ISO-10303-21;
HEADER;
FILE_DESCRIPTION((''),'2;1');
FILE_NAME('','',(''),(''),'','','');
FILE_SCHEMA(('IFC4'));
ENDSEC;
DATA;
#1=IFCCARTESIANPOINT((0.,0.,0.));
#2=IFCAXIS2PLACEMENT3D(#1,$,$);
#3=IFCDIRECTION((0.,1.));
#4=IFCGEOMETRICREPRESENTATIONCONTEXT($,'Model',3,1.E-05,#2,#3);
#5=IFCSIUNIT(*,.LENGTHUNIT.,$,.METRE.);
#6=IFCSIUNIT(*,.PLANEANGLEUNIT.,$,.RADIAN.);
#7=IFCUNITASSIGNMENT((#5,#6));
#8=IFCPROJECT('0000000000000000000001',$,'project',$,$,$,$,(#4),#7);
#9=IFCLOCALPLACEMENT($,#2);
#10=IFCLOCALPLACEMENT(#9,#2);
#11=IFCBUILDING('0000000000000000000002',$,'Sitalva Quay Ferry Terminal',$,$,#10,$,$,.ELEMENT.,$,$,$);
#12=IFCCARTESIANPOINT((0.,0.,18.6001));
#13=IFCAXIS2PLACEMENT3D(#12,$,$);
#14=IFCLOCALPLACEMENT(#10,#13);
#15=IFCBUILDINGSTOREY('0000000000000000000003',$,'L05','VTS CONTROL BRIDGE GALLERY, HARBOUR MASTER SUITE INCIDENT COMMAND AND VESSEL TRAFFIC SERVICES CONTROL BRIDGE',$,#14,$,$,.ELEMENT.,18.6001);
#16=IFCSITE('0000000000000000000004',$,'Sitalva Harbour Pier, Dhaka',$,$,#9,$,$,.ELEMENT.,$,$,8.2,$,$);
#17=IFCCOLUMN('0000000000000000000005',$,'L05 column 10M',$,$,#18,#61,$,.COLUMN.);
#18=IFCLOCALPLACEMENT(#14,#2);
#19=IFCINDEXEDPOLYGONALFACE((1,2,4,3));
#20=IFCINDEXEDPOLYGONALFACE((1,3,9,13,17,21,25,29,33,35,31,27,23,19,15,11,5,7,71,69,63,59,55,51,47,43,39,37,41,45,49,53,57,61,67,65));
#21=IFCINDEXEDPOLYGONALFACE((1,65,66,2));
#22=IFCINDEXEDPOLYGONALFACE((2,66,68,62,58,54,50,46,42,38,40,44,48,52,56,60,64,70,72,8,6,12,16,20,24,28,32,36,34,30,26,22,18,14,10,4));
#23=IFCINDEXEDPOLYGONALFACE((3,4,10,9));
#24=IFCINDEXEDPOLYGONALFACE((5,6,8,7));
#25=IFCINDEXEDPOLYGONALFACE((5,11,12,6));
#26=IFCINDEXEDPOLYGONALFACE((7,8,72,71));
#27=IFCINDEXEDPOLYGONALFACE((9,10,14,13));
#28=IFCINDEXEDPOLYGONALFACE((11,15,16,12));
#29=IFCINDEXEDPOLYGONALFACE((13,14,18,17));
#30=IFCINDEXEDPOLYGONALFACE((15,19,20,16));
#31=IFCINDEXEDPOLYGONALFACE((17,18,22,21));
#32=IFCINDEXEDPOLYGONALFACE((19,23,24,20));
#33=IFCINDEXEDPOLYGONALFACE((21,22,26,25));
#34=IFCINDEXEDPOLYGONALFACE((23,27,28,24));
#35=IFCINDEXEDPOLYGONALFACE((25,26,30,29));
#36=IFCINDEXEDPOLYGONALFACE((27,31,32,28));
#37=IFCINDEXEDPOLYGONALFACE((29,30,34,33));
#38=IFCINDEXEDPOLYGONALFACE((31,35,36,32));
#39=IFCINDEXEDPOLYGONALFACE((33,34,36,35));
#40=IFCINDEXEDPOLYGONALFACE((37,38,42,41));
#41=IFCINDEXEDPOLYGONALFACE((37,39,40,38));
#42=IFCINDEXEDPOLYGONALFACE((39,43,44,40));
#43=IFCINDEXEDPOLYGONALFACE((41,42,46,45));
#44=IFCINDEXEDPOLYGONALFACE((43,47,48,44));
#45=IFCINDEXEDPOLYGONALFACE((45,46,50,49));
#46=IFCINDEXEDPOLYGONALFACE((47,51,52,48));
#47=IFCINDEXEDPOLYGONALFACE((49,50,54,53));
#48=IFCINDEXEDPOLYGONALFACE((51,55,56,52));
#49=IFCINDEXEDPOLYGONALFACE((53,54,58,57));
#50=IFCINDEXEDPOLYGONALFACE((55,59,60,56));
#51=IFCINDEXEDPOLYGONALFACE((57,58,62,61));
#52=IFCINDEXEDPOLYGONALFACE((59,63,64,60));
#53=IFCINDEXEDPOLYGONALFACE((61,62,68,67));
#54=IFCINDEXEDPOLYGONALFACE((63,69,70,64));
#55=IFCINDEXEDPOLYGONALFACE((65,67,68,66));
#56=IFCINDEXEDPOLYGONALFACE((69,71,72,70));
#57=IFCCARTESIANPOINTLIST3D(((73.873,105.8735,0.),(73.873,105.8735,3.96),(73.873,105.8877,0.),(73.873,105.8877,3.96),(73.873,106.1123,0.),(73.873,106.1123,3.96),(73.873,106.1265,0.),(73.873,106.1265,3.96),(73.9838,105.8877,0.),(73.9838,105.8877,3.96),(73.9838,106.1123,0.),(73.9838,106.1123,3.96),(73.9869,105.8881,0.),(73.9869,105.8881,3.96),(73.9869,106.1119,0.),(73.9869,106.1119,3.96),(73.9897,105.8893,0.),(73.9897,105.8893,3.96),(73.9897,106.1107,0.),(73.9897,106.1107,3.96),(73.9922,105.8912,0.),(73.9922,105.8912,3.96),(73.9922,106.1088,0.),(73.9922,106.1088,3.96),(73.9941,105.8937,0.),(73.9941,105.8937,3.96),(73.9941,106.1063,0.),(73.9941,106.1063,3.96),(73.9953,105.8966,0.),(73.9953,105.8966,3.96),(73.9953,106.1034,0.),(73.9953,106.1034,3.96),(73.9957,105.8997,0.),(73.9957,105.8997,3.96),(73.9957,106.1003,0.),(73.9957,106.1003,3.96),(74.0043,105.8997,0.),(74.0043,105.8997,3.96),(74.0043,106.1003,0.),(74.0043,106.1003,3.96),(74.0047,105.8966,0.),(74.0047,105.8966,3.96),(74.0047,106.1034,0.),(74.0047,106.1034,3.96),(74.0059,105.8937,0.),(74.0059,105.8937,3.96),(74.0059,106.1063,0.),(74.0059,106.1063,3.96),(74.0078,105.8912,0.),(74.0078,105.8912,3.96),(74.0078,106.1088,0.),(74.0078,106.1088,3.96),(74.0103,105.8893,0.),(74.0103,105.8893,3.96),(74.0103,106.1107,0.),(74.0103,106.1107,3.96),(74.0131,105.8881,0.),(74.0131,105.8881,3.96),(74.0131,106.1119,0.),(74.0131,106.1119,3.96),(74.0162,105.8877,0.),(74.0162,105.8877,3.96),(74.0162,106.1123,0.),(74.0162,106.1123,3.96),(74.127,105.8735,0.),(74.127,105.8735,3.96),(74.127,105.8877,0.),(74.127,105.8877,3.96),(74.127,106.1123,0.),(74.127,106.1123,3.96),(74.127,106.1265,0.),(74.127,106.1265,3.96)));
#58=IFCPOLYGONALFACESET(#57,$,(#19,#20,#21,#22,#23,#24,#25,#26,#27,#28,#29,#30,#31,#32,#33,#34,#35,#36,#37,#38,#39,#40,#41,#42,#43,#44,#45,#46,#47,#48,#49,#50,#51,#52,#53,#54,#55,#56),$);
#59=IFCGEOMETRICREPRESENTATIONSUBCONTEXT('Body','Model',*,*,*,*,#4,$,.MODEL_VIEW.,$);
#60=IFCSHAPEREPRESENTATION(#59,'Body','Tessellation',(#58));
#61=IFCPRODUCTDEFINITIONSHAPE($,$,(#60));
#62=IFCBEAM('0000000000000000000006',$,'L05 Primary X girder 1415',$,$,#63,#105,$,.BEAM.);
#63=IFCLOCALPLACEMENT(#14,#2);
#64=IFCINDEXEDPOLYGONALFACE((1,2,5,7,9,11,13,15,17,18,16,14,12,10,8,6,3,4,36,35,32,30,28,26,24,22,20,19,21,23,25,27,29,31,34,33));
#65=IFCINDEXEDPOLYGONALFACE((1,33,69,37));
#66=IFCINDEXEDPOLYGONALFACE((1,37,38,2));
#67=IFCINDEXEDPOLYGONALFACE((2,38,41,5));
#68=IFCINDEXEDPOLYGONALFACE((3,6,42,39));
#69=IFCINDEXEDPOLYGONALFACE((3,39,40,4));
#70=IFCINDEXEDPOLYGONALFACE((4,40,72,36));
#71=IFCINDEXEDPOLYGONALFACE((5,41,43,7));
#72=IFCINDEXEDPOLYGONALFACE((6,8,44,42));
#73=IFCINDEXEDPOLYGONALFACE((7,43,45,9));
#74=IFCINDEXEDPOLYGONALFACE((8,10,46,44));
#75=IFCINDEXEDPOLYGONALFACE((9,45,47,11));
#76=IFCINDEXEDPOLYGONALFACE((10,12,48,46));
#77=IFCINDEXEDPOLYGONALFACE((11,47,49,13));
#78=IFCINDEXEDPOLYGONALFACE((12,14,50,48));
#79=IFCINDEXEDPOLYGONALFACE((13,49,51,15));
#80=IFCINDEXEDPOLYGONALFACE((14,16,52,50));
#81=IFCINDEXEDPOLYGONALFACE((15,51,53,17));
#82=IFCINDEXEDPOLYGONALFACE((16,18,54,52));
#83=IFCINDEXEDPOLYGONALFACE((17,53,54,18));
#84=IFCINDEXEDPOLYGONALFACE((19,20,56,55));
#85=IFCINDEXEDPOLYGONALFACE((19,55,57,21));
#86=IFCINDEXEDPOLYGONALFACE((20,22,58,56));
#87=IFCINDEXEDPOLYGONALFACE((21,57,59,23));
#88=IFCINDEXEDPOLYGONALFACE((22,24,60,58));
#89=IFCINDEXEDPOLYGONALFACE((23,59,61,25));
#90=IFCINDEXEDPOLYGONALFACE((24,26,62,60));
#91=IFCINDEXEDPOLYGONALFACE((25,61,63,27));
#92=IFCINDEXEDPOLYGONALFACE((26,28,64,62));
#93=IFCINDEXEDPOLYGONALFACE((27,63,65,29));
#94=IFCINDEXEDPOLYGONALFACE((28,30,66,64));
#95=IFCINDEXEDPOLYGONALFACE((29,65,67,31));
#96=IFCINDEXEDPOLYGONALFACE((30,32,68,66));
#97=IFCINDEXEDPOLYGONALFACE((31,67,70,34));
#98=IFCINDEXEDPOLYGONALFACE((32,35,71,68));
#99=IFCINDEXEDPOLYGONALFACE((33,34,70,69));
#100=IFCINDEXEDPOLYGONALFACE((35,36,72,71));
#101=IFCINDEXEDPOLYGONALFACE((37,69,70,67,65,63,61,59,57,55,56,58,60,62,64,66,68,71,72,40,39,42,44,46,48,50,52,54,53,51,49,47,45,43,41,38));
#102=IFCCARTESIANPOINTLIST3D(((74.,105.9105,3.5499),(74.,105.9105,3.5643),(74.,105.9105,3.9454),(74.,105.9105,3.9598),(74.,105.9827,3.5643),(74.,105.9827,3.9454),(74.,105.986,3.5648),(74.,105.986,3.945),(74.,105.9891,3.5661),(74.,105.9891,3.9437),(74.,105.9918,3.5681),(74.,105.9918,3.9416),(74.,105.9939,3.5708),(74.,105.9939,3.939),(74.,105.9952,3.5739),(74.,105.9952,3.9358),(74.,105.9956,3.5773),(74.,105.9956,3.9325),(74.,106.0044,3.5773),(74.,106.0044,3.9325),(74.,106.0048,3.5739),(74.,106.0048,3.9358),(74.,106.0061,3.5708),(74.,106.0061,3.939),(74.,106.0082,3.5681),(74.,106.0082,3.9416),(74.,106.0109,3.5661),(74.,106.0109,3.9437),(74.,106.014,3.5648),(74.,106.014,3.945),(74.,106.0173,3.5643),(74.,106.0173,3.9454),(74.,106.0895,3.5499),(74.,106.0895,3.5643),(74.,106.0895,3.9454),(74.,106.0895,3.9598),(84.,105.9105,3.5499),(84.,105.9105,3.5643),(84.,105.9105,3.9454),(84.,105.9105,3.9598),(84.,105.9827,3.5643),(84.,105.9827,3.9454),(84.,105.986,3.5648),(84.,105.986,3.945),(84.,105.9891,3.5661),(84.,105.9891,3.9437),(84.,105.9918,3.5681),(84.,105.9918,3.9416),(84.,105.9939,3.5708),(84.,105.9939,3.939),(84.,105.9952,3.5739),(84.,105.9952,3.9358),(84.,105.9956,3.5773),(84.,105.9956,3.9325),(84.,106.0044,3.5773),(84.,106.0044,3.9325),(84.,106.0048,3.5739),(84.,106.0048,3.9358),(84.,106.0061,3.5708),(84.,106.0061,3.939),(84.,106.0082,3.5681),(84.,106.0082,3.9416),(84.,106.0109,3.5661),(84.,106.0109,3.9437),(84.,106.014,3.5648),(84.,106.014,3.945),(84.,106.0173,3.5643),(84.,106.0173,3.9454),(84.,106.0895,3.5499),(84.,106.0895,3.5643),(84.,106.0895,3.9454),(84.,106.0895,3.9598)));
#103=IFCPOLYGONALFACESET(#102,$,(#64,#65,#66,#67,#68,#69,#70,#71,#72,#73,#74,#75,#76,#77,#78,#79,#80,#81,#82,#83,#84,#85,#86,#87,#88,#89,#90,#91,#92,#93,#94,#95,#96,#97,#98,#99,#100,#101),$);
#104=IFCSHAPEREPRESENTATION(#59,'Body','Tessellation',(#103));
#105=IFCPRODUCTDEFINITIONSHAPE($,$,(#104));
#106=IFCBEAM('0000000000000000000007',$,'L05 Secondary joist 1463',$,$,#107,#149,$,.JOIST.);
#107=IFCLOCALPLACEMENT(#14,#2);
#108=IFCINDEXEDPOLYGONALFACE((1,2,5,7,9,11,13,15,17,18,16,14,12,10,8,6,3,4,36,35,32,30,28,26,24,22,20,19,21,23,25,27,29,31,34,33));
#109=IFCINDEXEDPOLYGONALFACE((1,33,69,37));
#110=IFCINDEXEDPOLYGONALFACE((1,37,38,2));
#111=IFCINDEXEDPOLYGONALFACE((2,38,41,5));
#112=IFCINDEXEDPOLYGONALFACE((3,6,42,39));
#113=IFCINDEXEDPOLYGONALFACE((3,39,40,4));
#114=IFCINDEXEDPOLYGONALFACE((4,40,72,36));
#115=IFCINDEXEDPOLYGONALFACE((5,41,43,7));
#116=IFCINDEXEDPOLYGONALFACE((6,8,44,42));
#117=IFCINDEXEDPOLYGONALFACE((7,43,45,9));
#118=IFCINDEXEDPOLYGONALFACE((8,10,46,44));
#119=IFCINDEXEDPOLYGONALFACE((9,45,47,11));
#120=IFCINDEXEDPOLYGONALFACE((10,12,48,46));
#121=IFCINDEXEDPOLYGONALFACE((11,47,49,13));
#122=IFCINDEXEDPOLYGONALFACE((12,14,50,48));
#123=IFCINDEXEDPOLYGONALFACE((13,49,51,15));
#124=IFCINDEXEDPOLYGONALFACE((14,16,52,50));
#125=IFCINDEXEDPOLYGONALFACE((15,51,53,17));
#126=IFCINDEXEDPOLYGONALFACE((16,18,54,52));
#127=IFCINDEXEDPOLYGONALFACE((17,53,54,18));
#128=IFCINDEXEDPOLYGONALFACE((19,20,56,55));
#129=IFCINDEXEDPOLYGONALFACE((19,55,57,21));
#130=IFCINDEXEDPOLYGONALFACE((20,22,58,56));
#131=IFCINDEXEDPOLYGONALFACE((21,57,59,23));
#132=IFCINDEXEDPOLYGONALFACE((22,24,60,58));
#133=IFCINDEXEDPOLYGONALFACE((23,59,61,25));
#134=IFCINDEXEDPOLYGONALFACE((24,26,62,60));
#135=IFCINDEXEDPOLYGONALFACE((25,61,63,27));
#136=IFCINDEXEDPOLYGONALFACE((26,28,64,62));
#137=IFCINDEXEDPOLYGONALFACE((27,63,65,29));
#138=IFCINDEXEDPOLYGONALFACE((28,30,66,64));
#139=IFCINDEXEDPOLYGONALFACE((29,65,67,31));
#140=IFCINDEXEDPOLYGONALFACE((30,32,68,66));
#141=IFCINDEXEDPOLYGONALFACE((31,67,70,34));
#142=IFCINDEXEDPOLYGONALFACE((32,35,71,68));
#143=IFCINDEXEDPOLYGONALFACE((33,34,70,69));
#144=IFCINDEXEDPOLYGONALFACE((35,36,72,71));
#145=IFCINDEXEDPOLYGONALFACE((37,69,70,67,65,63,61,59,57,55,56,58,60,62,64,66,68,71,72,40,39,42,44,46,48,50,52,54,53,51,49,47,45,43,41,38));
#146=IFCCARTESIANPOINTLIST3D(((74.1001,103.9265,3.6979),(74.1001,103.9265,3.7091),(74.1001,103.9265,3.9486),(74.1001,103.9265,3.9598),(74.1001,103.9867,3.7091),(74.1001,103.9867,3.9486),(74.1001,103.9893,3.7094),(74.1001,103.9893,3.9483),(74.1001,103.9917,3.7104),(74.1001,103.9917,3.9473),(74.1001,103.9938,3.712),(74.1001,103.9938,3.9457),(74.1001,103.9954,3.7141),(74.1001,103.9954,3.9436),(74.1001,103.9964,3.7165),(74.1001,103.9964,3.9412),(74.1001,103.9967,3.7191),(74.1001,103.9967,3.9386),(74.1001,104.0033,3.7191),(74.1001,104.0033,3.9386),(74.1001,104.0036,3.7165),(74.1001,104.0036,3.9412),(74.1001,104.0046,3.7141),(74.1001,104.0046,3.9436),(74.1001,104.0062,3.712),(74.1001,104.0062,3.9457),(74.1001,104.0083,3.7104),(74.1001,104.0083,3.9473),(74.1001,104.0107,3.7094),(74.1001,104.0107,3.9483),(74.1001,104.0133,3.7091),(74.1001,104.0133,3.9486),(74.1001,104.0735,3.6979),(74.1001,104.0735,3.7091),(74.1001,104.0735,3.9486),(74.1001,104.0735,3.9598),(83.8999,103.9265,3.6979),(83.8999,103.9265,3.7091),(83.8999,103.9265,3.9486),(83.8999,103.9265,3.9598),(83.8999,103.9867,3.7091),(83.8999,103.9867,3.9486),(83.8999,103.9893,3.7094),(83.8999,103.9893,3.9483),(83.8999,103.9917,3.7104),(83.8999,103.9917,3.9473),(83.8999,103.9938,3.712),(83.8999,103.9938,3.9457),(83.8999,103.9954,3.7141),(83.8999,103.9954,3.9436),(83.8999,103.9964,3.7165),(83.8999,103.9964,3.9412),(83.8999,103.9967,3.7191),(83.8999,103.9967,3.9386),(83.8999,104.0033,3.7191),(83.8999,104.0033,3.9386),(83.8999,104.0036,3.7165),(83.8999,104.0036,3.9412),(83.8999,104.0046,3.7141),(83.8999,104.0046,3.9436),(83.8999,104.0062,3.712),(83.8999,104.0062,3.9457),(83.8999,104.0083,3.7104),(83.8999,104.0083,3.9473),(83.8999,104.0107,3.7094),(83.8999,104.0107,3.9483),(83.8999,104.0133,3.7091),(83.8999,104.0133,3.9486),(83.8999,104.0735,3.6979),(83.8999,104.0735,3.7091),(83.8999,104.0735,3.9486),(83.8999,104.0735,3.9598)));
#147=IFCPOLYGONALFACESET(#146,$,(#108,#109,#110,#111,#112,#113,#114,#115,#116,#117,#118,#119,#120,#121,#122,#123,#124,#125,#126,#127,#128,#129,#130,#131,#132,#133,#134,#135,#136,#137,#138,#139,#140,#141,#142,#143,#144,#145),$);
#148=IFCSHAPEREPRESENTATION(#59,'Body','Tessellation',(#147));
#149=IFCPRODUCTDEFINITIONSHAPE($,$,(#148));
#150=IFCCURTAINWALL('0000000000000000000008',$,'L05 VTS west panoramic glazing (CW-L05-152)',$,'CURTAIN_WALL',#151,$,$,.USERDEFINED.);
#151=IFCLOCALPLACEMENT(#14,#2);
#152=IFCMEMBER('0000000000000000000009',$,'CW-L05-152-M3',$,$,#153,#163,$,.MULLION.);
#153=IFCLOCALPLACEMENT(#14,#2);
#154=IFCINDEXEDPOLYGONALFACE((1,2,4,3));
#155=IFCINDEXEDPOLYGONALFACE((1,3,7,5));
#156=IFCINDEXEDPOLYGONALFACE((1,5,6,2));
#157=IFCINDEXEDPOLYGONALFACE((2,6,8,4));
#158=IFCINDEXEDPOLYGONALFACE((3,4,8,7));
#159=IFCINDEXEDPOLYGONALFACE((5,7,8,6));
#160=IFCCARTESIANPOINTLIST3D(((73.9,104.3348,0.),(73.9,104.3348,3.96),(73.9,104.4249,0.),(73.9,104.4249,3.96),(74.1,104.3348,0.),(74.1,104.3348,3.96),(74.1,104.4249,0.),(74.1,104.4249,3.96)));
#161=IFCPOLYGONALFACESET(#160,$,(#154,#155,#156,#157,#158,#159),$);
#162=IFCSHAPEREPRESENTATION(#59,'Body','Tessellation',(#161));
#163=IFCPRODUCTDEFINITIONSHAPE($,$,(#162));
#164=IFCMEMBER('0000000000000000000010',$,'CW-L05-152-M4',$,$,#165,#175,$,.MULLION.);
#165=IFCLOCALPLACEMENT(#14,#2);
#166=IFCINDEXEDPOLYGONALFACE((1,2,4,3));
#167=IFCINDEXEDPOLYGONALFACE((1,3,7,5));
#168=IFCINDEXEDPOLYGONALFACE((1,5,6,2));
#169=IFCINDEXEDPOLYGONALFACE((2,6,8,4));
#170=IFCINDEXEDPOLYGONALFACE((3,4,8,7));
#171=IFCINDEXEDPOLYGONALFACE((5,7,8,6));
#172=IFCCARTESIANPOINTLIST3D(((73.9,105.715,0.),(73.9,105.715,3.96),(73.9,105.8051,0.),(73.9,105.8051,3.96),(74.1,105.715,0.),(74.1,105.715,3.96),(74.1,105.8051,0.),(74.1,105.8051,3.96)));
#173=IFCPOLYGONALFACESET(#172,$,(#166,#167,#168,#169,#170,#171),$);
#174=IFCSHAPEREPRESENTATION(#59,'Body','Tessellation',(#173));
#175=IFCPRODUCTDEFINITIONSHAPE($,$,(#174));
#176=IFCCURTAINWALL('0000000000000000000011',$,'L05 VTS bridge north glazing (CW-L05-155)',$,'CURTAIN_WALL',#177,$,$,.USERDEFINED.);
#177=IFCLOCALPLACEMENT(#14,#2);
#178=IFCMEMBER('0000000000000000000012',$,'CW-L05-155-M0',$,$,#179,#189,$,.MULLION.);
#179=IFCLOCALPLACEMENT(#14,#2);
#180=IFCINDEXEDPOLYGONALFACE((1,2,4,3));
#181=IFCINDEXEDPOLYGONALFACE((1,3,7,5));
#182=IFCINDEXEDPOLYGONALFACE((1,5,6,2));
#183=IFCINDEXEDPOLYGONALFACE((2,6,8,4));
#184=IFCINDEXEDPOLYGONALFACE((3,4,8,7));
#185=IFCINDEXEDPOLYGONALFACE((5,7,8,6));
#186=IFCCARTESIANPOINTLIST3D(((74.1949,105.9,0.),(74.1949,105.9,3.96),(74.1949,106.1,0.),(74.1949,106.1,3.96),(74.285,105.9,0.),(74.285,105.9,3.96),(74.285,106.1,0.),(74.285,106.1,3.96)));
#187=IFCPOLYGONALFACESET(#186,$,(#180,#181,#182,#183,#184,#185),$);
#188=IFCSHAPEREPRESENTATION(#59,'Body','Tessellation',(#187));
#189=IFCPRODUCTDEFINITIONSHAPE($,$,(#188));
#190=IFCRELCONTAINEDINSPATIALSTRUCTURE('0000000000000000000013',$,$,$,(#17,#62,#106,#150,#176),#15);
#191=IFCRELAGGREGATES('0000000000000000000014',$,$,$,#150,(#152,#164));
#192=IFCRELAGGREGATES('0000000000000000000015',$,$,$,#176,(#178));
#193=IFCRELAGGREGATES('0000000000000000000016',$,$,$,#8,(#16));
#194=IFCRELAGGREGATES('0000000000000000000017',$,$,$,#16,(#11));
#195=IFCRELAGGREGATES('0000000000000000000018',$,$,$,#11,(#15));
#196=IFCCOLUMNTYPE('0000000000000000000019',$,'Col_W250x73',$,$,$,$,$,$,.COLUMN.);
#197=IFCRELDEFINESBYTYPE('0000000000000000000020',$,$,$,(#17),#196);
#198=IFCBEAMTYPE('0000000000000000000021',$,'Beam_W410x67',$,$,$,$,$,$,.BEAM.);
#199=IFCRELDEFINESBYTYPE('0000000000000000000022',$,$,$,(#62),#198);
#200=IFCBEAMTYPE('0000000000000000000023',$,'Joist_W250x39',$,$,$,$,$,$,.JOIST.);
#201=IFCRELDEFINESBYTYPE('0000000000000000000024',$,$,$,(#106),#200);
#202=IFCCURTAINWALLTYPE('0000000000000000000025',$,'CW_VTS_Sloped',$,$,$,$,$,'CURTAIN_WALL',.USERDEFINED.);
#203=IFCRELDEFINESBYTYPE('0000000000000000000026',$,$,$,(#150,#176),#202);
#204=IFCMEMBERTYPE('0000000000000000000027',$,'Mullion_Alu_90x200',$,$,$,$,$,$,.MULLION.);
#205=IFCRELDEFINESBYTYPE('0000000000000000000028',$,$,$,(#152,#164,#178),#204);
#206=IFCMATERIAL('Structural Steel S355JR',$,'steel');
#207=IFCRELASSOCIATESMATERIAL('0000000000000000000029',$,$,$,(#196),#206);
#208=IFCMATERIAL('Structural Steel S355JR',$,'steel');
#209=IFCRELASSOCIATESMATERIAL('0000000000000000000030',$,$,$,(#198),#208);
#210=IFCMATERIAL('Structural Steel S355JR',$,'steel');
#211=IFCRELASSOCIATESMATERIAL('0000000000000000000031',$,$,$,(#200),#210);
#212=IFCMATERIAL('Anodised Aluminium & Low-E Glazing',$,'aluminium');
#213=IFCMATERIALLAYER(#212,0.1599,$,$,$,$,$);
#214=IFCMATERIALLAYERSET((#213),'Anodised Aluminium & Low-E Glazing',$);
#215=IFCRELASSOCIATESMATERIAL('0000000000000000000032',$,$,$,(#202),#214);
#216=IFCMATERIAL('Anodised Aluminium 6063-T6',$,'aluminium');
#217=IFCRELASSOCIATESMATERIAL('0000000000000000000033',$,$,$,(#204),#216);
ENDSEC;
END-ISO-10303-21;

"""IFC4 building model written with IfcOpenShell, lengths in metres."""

from ifc_helpers import new_model, si_unit, direction, frame, origin, origin_2d, place, context, subcontext, project, spatial, rectangle, i_section, extrude, material, layer, layer_set, material_profile, profile_set, type_object, element, aggregate, save


model = new_model("IFC4")

# Units and contexts
model_context = context("Model", 3, precision=1e-05, world=origin(), true_north=direction((0.0, 1.0)))
body_context = subcontext(model_context, "Body", "Model", "MODEL_VIEW")
ifc_project = project(units=[si_unit("LENGTHUNIT", "METRE"), si_unit("PLANEANGLEUNIT", "RADIAN")], contexts=[model_context])

# Site, building, storey
site_placement = place(None, origin())
site = spatial("IfcSite", under=ifc_project, at=site_placement, Name="Sitalva Harbour Pier, Dhaka", CompositionType="ELEMENT", RefElevation=8.2)
building_placement = place(site_placement, origin())
building = spatial("IfcBuilding", under=site, at=building_placement, Name="Sitalva Quay Ferry Terminal", CompositionType="ELEMENT")
storey_placement = place(building_placement, frame((0.0, 0.0, 18.6001)))
storey = spatial("IfcBuildingStorey", under=building, at=storey_placement, Name="L05", Description="VTS CONTROL BRIDGE GALLERY, HARBOUR MASTER SUITE INCIDENT COMMAND AND VESSEL TRAFFIC SERVICES CONTROL BRIDGE", CompositionType="ELEMENT", Elevation=18.6001)

# Column
ifc_material_1 = material(Name="Structural Steel S355JR", Category="steel")
ifc_material_profile_1 = material_profile(ifc_material_1, i_section(OverallWidth=0.2539, OverallDepth=0.2529, WebThickness=0.0085, FlangeThickness=0.0142, FilletRadius=0.012, at=origin_2d()), Name="W250x73")
ifc_profile_set_1 = profile_set([ifc_material_profile_1], Name="Structural Steel S355JR")
column_type = type_object("IfcColumnType", Name="Col_W250x73", PredefinedType="COLUMN", material=ifc_profile_set_1)
column_placement = place(storey_placement, frame((74.0, 106.0, 0.0), z_axis=(0.0, 0.0, 1.0), x_axis=(1.0, 0.0, 0.0)))
element("IfcColumn", 1, at=column_placement, inside=storey, type_object=column_type, Name="L05 column 10M", PredefinedType="COLUMN", context=body_context, shape_type="SweptSolid", body=[
    extrude(i_section(OverallWidth=0.2539, OverallDepth=0.2529, WebThickness=0.0085, FlangeThickness=0.0142, FilletRadius=0.012, at=origin_2d()), origin(), (0.0, 0.0, 1.0), 3.96),
])

# Beams
ifc_material_2 = material(Name="Structural Steel S355JR", Category="steel")
ifc_material_profile_2 = material_profile(ifc_material_2, i_section(OverallWidth=0.179, OverallDepth=0.4099, WebThickness=0.0088, FlangeThickness=0.0144, FilletRadius=0.0129, at=origin_2d()), Name="W410x67")
ifc_profile_set_2 = profile_set([ifc_material_profile_2], Name="Structural Steel S355JR")
beam_type_1 = type_object("IfcBeamType", Name="Beam_W410x67", PredefinedType="BEAM", material=ifc_profile_set_2)
beam_1_placement = place(storey_placement, frame((74.0, 106.0, 3.7549), z_axis=(1.0, 0.0, 0.0), x_axis=(0.0, 1.0, 0.0)))
element("IfcBeam", 2, at=beam_1_placement, inside=storey, type_object=beam_type_1, Name="L05 Primary X girder 1415", PredefinedType="BEAM", context=body_context, shape_type="SweptSolid", body=[
    extrude(i_section(OverallWidth=0.179, OverallDepth=0.4099, WebThickness=0.0088, FlangeThickness=0.0144, FilletRadius=0.0129, at=origin_2d()), origin(), (0.0, 0.0, 1.0), 10.0),
])
ifc_material_3 = material(Name="Structural Steel S355JR", Category="steel")
ifc_material_profile_3 = material_profile(ifc_material_3, i_section(OverallWidth=0.147, OverallDepth=0.262, WebThickness=0.0066, FlangeThickness=0.0112, FilletRadius=0.01, at=origin_2d()), Name="W250x39")
ifc_profile_set_3 = profile_set([ifc_material_profile_3], Name="Structural Steel S355JR")
beam_type_2 = type_object("IfcBeamType", Name="Joist_W250x39", PredefinedType="JOIST", material=ifc_profile_set_3)
beam_2_placement = place(storey_placement, frame((74.1001, 104.0, 3.8289), z_axis=(1.0, 0.0, 0.0), x_axis=(0.0, 1.0, 0.0)))
element("IfcBeam", 3, at=beam_2_placement, inside=storey, type_object=beam_type_2, Name="L05 Secondary joist 1463", PredefinedType="JOIST", context=body_context, shape_type="SweptSolid", body=[
    extrude(i_section(OverallWidth=0.147, OverallDepth=0.262, WebThickness=0.0066, FlangeThickness=0.0112, FilletRadius=0.01, at=origin_2d()), origin(), (0.0, 0.0, 1.0), 9.7998),
])

# Curtain walls, members
ifc_material_4 = material(Name="Anodised Aluminium & Low-E Glazing", Category="aluminium")
ifc_layer_1 = layer(ifc_material_4, 0.1599)
ifc_layer_set_1 = layer_set([ifc_layer_1], Name="Anodised Aluminium & Low-E Glazing")
curtain_wall_type = type_object("IfcCurtainWallType", Name="CW_VTS_Sloped", ElementType="CURTAIN_WALL", PredefinedType="USERDEFINED", material=ifc_layer_set_1)
curtain_wall_1_placement = place(storey_placement, origin())
curtain_wall_1 = element("IfcCurtainWall", 4, at=curtain_wall_1_placement, inside=storey, type_object=curtain_wall_type, Name="L05 VTS west panoramic glazing (CW-L05-152)", ObjectType="CURTAIN_WALL", PredefinedType="USERDEFINED")
ifc_material_5 = material(Name="Anodised Aluminium 6063-T6", Category="aluminium")
ifc_material_profile_4 = material_profile(ifc_material_5, rectangle(XDim=0.0901, YDim=0.2, at=origin_2d()), Name="ALU90x200")
ifc_profile_set_4 = profile_set([ifc_material_profile_4], Name="Anodised Aluminium 6063-T6")
member_type_1 = type_object("IfcMemberType", Name="Mullion_Alu_90x200", PredefinedType="MULLION", material=ifc_profile_set_4)
member_1_placement = place(storey_placement, frame((74.0, 104.3799, 0.0), z_axis=(0.0, 0.0, 1.0), x_axis=(0.0, 1.0, 0.0)))
member_1 = element("IfcMember", 5, at=member_1_placement, type_object=member_type_1, Name="CW-L05-152-M3", PredefinedType="MULLION", context=body_context, shape_type="SweptSolid", body=[
    extrude(rectangle(XDim=0.0901, YDim=0.2, at=origin_2d()), origin(), (0.0, 0.0, 1.0), 3.96),
])
member_2_placement = place(storey_placement, frame((74.0, 105.76, 0.0), z_axis=(0.0, 0.0, 1.0), x_axis=(0.0, 1.0, 0.0)))
member_2 = element("IfcMember", 6, at=member_2_placement, type_object=member_type_1, Name="CW-L05-152-M4", PredefinedType="MULLION", context=body_context, shape_type="SweptSolid", body=[
    extrude(rectangle(XDim=0.0901, YDim=0.2, at=origin_2d()), origin(), (0.0, 0.0, 1.0), 3.96),
])
curtain_wall_2_placement = place(storey_placement, origin())
curtain_wall_2 = element("IfcCurtainWall", 7, at=curtain_wall_2_placement, inside=storey, type_object=curtain_wall_type, Name="L05 VTS bridge north glazing (CW-L05-155)", ObjectType="CURTAIN_WALL", PredefinedType="USERDEFINED")
member_3_placement = place(storey_placement, frame((74.24, 106.0, 0.0), z_axis=(0.0, 0.0, 1.0), x_axis=(1.0, 0.0, 0.0)))
member_3 = element("IfcMember", 8, at=member_3_placement, type_object=member_type_1, Name="CW-L05-155-M0", PredefinedType="MULLION", context=body_context, shape_type="SweptSolid", body=[
    extrude(rectangle(XDim=0.0901, YDim=0.2, at=origin_2d()), origin(), (0.0, 0.0, 1.0), 3.96),
])

aggregate(curtain_wall_1, [member_1, member_2])
aggregate(curtain_wall_2, [member_3])

save(model, "model.ifc")
